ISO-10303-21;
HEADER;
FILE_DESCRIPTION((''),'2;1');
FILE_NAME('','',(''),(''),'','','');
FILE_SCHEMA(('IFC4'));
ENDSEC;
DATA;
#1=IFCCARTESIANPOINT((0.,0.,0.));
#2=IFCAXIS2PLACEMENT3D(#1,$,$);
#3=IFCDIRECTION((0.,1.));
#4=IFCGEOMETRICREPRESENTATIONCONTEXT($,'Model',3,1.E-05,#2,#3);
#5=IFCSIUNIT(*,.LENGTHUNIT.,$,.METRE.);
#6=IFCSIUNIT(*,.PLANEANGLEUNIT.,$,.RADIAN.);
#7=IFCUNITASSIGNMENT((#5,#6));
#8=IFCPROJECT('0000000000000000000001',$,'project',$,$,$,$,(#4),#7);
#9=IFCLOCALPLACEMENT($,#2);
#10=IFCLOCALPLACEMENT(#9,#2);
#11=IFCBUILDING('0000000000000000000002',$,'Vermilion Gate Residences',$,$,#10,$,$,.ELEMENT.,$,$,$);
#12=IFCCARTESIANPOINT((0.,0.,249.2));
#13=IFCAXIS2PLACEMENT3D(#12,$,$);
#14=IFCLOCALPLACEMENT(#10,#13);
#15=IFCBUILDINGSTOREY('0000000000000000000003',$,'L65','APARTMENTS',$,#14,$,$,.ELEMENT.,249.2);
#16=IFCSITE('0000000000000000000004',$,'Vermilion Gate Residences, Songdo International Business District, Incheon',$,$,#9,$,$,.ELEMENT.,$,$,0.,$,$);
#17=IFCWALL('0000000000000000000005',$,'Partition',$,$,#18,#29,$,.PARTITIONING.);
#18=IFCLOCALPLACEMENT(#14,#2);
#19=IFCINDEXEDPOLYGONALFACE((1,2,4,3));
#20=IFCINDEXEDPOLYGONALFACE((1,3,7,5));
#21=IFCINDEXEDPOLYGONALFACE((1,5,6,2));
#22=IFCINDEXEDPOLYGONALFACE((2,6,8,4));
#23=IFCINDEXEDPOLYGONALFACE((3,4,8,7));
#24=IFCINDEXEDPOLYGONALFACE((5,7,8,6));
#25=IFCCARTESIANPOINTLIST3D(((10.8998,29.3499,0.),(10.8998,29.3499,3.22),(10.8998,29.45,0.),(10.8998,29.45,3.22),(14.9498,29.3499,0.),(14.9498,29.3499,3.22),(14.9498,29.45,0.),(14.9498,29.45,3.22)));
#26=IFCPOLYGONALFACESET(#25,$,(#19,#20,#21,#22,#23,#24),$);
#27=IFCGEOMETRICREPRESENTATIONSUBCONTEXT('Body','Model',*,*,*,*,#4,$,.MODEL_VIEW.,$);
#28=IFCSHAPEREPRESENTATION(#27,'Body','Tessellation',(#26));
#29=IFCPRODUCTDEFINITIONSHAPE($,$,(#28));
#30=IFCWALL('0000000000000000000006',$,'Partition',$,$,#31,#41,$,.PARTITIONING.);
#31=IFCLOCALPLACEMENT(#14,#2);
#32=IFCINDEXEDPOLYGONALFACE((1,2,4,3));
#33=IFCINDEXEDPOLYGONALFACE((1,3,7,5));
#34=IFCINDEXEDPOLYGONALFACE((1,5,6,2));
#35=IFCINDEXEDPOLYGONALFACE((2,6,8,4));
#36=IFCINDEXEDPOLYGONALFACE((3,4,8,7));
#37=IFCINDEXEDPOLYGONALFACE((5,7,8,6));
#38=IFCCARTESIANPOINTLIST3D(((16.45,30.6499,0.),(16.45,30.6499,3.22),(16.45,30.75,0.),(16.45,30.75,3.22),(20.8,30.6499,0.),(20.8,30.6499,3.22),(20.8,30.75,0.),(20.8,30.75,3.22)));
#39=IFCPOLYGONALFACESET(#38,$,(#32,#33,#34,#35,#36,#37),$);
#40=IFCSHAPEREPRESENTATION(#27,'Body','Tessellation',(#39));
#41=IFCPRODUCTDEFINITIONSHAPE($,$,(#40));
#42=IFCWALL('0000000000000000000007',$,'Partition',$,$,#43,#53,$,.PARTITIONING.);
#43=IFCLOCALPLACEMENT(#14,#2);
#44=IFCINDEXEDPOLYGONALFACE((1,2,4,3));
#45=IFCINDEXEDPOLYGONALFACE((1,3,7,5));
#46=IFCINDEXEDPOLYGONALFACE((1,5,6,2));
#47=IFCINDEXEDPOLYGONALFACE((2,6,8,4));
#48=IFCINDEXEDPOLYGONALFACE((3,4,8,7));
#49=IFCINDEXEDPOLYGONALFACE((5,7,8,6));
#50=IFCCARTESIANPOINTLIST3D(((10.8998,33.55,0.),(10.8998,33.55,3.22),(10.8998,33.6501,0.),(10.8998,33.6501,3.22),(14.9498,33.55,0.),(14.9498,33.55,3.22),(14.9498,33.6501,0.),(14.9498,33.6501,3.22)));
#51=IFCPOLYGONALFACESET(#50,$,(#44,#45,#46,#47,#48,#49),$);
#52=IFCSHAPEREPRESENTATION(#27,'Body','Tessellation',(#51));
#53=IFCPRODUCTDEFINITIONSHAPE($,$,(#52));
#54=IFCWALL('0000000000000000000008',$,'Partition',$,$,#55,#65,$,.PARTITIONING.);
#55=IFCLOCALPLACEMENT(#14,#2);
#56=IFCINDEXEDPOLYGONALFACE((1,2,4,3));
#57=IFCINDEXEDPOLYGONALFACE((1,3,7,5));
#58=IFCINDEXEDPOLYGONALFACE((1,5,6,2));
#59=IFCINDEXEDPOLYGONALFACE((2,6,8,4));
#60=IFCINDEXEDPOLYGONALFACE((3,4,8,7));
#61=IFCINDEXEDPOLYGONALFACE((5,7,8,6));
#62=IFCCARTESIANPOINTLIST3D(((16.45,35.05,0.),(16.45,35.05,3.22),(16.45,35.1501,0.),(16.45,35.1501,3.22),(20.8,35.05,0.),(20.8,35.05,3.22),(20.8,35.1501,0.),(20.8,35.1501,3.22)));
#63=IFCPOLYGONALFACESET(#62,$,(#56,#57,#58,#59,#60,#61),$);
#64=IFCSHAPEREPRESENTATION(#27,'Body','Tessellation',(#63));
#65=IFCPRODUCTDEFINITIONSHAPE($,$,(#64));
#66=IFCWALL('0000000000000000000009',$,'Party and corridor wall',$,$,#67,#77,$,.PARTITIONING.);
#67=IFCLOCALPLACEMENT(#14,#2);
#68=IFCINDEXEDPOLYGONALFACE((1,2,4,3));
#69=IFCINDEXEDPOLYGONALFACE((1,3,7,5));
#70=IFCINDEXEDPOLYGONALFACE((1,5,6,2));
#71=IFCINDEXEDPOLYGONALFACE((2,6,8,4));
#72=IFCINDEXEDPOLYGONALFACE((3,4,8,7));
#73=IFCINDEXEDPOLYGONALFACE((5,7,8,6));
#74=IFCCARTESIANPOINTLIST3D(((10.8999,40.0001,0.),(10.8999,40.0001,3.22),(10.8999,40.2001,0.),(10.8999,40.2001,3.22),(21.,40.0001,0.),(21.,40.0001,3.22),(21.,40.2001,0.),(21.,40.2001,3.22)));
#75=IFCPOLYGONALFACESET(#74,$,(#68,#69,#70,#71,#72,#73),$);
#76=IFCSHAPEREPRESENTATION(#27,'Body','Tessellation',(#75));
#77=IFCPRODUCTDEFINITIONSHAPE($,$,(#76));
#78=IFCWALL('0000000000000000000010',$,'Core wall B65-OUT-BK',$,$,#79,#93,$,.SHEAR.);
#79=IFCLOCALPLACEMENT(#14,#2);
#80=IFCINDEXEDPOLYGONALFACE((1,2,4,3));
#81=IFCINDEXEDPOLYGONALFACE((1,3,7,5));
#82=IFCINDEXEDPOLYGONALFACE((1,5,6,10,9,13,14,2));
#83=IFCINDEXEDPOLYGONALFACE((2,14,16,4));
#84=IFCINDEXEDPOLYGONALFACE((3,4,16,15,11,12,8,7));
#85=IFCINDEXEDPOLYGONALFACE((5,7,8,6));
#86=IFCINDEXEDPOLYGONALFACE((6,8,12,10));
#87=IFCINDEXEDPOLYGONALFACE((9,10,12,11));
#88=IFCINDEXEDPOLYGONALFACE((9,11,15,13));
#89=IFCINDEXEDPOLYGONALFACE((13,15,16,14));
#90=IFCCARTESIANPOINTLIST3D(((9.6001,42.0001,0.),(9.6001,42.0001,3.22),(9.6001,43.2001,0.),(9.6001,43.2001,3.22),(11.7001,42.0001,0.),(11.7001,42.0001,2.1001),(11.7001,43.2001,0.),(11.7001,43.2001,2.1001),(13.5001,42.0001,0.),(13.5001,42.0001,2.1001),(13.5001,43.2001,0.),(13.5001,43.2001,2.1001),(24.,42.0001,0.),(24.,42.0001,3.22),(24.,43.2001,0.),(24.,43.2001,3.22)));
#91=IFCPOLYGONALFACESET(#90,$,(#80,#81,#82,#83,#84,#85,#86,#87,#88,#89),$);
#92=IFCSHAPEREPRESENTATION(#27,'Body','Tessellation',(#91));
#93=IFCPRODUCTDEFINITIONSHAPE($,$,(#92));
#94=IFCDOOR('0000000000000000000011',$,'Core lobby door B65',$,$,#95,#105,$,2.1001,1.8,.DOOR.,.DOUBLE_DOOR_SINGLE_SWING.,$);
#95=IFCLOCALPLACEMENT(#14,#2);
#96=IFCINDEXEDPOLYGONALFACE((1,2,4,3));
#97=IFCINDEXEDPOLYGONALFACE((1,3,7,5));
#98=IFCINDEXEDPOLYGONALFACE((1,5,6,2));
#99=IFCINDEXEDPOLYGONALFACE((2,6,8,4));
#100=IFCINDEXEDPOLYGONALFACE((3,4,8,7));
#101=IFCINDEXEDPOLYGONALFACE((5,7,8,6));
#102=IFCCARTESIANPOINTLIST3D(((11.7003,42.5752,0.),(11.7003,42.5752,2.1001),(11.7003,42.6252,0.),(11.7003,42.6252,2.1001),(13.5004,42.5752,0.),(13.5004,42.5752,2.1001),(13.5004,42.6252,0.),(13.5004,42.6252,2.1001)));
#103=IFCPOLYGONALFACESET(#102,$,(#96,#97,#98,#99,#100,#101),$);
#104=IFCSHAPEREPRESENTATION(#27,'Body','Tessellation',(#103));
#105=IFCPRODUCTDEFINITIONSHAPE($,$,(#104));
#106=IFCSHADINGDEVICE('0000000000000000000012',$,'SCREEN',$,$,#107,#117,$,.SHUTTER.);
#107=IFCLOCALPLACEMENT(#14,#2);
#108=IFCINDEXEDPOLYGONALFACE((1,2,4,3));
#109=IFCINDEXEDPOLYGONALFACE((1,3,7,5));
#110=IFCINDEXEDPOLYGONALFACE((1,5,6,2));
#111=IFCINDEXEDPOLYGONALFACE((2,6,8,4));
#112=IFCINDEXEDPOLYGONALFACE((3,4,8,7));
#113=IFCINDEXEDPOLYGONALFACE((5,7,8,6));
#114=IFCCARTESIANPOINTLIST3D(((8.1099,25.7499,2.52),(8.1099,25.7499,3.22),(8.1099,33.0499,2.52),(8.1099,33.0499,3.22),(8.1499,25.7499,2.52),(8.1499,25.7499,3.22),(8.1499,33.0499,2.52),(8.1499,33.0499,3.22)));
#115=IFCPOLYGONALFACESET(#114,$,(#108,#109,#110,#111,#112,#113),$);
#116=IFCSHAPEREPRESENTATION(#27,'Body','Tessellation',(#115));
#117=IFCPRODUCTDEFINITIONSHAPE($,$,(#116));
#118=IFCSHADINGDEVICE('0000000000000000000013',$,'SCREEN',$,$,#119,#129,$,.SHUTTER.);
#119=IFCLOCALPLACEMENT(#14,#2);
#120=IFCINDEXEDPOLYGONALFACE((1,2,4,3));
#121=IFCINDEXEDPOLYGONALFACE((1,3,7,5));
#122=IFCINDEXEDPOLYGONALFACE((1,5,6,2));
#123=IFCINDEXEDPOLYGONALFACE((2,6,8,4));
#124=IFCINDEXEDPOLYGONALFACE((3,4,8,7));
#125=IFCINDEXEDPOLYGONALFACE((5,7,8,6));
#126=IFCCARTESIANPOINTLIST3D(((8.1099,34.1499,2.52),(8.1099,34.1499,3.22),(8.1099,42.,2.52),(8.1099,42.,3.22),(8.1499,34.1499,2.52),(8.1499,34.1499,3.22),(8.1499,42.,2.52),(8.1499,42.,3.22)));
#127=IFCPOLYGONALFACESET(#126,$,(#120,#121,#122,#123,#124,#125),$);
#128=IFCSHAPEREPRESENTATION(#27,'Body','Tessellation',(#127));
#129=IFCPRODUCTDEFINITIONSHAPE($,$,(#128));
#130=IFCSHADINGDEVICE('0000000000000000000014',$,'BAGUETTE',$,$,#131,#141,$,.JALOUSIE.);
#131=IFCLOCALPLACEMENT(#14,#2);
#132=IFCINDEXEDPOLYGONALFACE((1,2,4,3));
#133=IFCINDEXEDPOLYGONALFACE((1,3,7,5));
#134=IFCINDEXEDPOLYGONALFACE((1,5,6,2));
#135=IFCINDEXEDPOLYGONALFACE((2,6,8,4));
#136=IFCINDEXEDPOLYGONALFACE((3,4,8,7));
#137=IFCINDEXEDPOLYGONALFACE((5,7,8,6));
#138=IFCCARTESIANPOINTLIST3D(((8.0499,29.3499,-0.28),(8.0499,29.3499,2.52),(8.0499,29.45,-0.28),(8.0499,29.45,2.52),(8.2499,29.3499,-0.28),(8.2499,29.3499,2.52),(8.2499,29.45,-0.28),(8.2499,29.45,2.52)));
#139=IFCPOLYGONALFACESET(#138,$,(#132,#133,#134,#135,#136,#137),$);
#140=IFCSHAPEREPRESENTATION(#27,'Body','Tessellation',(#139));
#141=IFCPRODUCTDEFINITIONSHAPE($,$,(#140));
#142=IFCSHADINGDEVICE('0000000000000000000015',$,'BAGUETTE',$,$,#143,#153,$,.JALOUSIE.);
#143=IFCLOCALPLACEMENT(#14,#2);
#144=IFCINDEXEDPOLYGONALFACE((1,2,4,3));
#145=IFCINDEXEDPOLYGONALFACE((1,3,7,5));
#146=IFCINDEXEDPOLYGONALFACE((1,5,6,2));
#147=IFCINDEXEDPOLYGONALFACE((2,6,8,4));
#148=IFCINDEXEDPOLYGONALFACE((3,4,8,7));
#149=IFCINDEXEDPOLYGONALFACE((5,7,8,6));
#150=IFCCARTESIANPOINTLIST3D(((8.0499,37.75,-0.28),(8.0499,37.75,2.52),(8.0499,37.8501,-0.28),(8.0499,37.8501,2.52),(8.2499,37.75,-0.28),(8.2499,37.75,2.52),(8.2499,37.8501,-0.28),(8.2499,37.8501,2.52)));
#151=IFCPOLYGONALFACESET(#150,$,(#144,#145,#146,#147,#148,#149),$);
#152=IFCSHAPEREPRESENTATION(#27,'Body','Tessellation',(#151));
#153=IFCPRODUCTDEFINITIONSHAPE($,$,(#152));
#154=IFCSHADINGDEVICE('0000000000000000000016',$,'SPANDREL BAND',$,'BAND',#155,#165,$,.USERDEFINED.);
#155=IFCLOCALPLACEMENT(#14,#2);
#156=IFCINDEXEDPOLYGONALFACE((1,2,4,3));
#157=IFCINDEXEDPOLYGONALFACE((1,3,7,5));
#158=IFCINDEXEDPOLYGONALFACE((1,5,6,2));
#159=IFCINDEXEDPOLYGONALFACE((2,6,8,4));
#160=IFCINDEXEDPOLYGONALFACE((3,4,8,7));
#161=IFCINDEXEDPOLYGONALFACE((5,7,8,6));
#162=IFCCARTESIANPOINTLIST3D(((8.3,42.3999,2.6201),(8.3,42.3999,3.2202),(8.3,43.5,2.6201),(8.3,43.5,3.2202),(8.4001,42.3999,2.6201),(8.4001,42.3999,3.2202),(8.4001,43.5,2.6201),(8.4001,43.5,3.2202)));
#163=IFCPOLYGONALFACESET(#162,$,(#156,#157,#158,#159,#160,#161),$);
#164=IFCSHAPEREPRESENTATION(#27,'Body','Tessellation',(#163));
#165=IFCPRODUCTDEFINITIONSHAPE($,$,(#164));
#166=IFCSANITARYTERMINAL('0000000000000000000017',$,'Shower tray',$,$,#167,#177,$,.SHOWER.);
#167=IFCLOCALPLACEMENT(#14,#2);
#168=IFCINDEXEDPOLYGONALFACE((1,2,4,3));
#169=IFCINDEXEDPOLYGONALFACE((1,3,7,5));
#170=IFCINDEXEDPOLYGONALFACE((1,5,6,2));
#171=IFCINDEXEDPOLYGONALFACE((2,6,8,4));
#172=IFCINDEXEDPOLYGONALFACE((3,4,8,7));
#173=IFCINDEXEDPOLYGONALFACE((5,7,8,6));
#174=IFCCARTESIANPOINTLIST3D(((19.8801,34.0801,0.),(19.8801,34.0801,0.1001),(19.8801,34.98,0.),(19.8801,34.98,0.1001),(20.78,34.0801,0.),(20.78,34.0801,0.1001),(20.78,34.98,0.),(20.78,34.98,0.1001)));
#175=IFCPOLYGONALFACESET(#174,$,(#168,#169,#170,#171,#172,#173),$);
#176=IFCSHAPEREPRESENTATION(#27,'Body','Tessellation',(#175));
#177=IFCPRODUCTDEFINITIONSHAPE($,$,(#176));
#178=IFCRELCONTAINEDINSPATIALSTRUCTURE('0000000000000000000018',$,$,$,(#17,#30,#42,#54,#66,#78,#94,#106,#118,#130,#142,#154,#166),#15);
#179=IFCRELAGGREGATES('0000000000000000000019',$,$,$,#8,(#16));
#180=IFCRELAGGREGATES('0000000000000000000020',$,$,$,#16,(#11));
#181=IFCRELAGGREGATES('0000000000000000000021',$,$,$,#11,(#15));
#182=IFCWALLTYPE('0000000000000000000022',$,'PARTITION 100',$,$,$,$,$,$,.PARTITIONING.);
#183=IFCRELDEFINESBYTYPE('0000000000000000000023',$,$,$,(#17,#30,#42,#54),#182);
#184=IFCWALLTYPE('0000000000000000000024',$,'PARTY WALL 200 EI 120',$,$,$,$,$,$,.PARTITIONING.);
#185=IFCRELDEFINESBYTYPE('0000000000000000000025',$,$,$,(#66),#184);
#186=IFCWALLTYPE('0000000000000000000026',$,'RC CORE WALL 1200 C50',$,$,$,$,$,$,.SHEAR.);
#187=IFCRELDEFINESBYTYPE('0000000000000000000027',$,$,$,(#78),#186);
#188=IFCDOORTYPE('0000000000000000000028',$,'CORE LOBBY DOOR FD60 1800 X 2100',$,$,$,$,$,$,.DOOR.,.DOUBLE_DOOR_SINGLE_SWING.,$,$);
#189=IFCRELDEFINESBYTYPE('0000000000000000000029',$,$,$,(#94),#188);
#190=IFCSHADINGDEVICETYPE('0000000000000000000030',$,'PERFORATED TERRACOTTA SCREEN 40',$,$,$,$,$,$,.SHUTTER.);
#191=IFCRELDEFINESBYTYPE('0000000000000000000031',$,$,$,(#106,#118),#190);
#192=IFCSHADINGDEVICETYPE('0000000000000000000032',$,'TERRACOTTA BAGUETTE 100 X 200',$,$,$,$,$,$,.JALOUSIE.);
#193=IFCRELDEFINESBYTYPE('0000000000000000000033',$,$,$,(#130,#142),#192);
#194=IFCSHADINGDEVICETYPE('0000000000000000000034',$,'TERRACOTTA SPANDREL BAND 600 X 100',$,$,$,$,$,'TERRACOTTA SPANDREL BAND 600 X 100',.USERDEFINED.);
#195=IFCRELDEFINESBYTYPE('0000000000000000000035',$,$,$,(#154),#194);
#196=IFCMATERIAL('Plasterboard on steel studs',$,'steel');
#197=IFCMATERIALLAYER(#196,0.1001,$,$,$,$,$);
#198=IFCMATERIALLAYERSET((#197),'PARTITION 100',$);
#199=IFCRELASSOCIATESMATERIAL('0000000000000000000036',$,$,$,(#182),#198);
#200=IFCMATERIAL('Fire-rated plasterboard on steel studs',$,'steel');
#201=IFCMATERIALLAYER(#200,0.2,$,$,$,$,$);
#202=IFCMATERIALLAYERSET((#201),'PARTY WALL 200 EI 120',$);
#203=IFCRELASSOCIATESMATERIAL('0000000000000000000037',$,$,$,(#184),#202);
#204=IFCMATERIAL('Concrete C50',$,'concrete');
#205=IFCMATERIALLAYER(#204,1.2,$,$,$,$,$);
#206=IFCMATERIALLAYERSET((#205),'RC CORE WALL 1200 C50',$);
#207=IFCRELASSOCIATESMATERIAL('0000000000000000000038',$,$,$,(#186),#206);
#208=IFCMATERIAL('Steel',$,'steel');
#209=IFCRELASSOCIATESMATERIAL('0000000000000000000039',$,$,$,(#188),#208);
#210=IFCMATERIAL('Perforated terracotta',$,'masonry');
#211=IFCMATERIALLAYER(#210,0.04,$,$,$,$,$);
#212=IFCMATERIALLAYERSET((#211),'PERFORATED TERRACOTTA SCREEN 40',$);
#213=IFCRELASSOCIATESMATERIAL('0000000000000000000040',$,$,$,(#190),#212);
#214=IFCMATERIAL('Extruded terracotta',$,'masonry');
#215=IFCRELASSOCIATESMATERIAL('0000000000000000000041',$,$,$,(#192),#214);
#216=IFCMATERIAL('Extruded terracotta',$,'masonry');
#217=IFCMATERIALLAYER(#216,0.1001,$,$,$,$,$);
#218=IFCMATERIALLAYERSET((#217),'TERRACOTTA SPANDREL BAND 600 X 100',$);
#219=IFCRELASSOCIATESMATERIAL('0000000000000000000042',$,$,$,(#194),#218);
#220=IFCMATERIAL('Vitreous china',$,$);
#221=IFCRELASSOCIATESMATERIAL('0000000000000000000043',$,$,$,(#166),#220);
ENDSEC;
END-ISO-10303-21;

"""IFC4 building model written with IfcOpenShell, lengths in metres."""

from ifc_helpers import new_model, si_unit, direction, frame, frame_2d, origin, origin_2d, place, context, subcontext, project, spatial, rectangle, extrude, material, layer, layer_set, material_profile, profile_set, type_object, element, fill, save


model = new_model("IFC4")

# Units and contexts
model_context = context("Model", 3, precision=1e-05, world=origin(), true_north=direction((0.0, 1.0)))
body_context = subcontext(model_context, "Body", "Model", "MODEL_VIEW")
ifc_project = project(units=[si_unit("LENGTHUNIT", "METRE"), si_unit("PLANEANGLEUNIT", "RADIAN")], contexts=[model_context])

# Site, building, storey
site_placement = place(None, origin())
site = spatial("IfcSite", under=ifc_project, at=site_placement, Name="Vermilion Gate Residences, Songdo International Business District, Incheon", CompositionType="ELEMENT", RefElevation=0.0)
building_placement = place(site_placement, origin())
building = spatial("IfcBuilding", under=site, at=building_placement, Name="Vermilion Gate Residences", CompositionType="ELEMENT")
storey_placement = place(building_placement, frame((0.0, 0.0, 249.2)))
storey = spatial("IfcBuildingStorey", under=building, at=storey_placement, Name="L65", Description="APARTMENTS", CompositionType="ELEMENT", Elevation=249.2)

# Walls
ifc_material_1 = material(Name="Plasterboard on steel studs", Category="steel")
ifc_layer_1 = layer(ifc_material_1, 0.1001)
ifc_layer_set_1 = layer_set([ifc_layer_1], Name="PARTITION 100")
wall_type_1 = type_object("IfcWallType", Name="PARTITION 100", PredefinedType="PARTITIONING", material=ifc_layer_set_1)
wall_1_placement = place(storey_placement, frame((10.8999, 29.3999, 0.0), z_axis=(0.0, 0.0, 1.0), x_axis=(1.0, 0.0, 0.0)))
element("IfcWall", 1, at=wall_1_placement, inside=storey, type_object=wall_type_1, Name="Partition", PredefinedType="PARTITIONING", context=body_context, shape_type="SweptSolid", body=[
    extrude(rectangle(XDim=4.05, YDim=0.1001, at=frame_2d((2.0249, 0.0))), origin(), (0.0, 0.0, 1.0), 3.22),
])
wall_2_placement = place(storey_placement, frame((16.45, 30.7, 0.0), z_axis=(0.0, 0.0, 1.0), x_axis=(1.0, 0.0, 0.0)))
element("IfcWall", 2, at=wall_2_placement, inside=storey, type_object=wall_type_1, Name="Partition", PredefinedType="PARTITIONING", context=body_context, shape_type="SweptSolid", body=[
    extrude(rectangle(XDim=4.3501, YDim=0.1001, at=frame_2d((2.175, 0.0))), origin(), (0.0, 0.0, 1.0), 3.22),
])
wall_3_placement = place(storey_placement, frame((10.8999, 33.6001, 0.0), z_axis=(0.0, 0.0, 1.0), x_axis=(1.0, 0.0, 0.0)))
element("IfcWall", 3, at=wall_3_placement, inside=storey, type_object=wall_type_1, Name="Partition", PredefinedType="PARTITIONING", context=body_context, shape_type="SweptSolid", body=[
    extrude(rectangle(XDim=4.05, YDim=0.1001, at=frame_2d((2.0249, 0.0))), origin(), (0.0, 0.0, 1.0), 3.22),
])
wall_4_placement = place(storey_placement, frame((16.45, 35.1001, 0.0), z_axis=(0.0, 0.0, 1.0), x_axis=(1.0, 0.0, 0.0)))
element("IfcWall", 4, at=wall_4_placement, inside=storey, type_object=wall_type_1, Name="Partition", PredefinedType="PARTITIONING", context=body_context, shape_type="SweptSolid", body=[
    extrude(rectangle(XDim=4.3501, YDim=0.1001, at=frame_2d((2.175, 0.0))), origin(), (0.0, 0.0, 1.0), 3.22),
])
ifc_material_2 = material(Name="Fire-rated plasterboard on steel studs", Category="steel")
ifc_layer_2 = layer(ifc_material_2, 0.2)
ifc_layer_set_2 = layer_set([ifc_layer_2], Name="PARTY WALL 200 EI 120")
wall_type_2 = type_object("IfcWallType", Name="PARTY WALL 200 EI 120", PredefinedType="PARTITIONING", material=ifc_layer_set_2)
wall_5_placement = place(storey_placement, frame((10.8999, 40.1001, 0.0), z_axis=(0.0, 0.0, 1.0), x_axis=(1.0, 0.0, 0.0)))
element("IfcWall", 5, at=wall_5_placement, inside=storey, type_object=wall_type_2, Name="Party and corridor wall", PredefinedType="PARTITIONING", context=body_context, shape_type="SweptSolid", body=[
    extrude(rectangle(XDim=10.1001, YDim=0.2, at=frame_2d((5.05, 0.0))), origin(), (0.0, 0.0, 1.0), 3.22),
])

# Wall, opening, door
ifc_material_3 = material(Name="Concrete C50", Category="concrete")
ifc_layer_3 = layer(ifc_material_3, 1.2)
ifc_layer_set_3 = layer_set([ifc_layer_3], Name="RC CORE WALL 1200 C50")
wall_type_3 = type_object("IfcWallType", Name="RC CORE WALL 1200 C50", PredefinedType="SHEAR", material=ifc_layer_set_3)
wall_6_placement = place(storey_placement, frame((9.6001, 42.6001, 0.0), z_axis=(0.0, 0.0, 1.0), x_axis=(1.0, 0.0, 0.0)))
wall_6 = element("IfcWall", 6, at=wall_6_placement, inside=storey, type_object=wall_type_3, Name="Core wall B65-OUT-BK", PredefinedType="SHEAR", context=body_context, shape_type="SweptSolid", body=[
    extrude(rectangle(XDim=14.3999, YDim=1.2, at=frame_2d((7.2, 0.0))), origin(), (0.0, 0.0, 1.0), 3.22),
])
opening_1_placement = place(wall_6_placement, frame((2.1001, 0.0, 0.0)))
opening_1 = element("IfcOpeningElement", 7, at=opening_1_placement, cuts=wall_6, PredefinedType="OPENING", context=body_context, shape_type="SweptSolid", body=[
    extrude(rectangle(XDim=1.8, YDim=2.1001, at=frame_2d((0.8999, 1.05))), frame((0.0, 0.6099, 0.0), z_axis=(0.0, -1.0, 0.0), x_axis=(1.0, 0.0, 0.0)), (0.0, 0.0, 1.0), 1.22),
])
ifc_material_4 = material(Name="Steel", Category="steel")
door_type_1 = type_object("IfcDoorType", Name="CORE LOBBY DOOR FD60 1800 X 2100", OperationType="DOUBLE_DOOR_SINGLE_SWING", PredefinedType="DOOR", material=ifc_material_4)
door_1_placement = place(opening_1_placement, frame((1.8, 0.0, 0.0), z_axis=(0.0, 0.0, 1.0), x_axis=(-1.0, 0.0, 0.0)))
door_1 = element("IfcDoor", 8, at=door_1_placement, inside=storey, type_object=door_type_1, Name="Core lobby door B65", OperationType="DOUBLE_DOOR_SINGLE_SWING", OverallHeight=2.1001, OverallWidth=1.8, PredefinedType="DOOR", context=body_context, shape_type="SweptSolid", body=[
    extrude(rectangle(XDim=1.8, YDim=2.1001, at=frame_2d((0.8999, 1.05))), frame((0.0, 0.0249, 0.0), z_axis=(0.0, -1.0, 0.0), x_axis=(1.0, 0.0, 0.0)), (0.0, 0.0, 1.0), 0.05),
])
fill(opening_1, door_1)

# Shading devices
ifc_material_5 = material(Name="Perforated terracotta", Category="masonry")
ifc_layer_4 = layer(ifc_material_5, 0.04)
ifc_layer_set_4 = layer_set([ifc_layer_4], Name="PERFORATED TERRACOTTA SCREEN 40")
shading_device_type_1 = type_object("IfcShadingDeviceType", Name="PERFORATED TERRACOTTA SCREEN 40", PredefinedType="SHUTTER", material=ifc_layer_set_4)
shading_device_1_placement = place(storey_placement, frame((8.1299, 29.3999, 2.52), z_axis=(0.0, 0.0, 1.0), x_axis=(0.0, -1.0, 0.0)))
element("IfcShadingDevice", 9, at=shading_device_1_placement, inside=storey, type_object=shading_device_type_1, Name="SCREEN", PredefinedType="SHUTTER", context=body_context, shape_type="SweptSolid", body=[
    extrude(rectangle(XDim=7.3, YDim=0.04, at=origin_2d()), origin(), (0.0, 0.0, 1.0), 0.7),
])
shading_device_2_placement = place(storey_placement, frame((8.1299, 38.075, 2.52), z_axis=(0.0, 0.0, 1.0), x_axis=(0.0, -1.0, 0.0)))
element("IfcShadingDevice", 10, at=shading_device_2_placement, inside=storey, type_object=shading_device_type_1, Name="SCREEN", PredefinedType="SHUTTER", context=body_context, shape_type="SweptSolid", body=[
    extrude(rectangle(XDim=7.8501, YDim=0.04, at=origin_2d()), origin(), (0.0, 0.0, 1.0), 0.7),
])
ifc_material_6 = material(Name="Extruded terracotta", Category="masonry")
ifc_material_profile_1 = material_profile(ifc_material_6, rectangle(XDim=0.2, YDim=0.1001, at=origin_2d()), Name="BAGUETTE 100 X 200")
ifc_profile_set_1 = profile_set([ifc_material_profile_1], Name="Extruded terracotta")
shading_device_type_2 = type_object("IfcShadingDeviceType", Name="TERRACOTTA BAGUETTE 100 X 200", PredefinedType="JALOUSIE", material=ifc_profile_set_1)
for number, where, z_axis, x_axis, name in (
    (11, (8.1499, 29.3999, -0.28), (0.0, 0.0, 1.0), (1.0, 0.0, 0.0), "BAGUETTE"),
    (12, (8.1499, 37.8, -0.28), (0.0, 0.0, 1.0), (1.0, 0.0, 0.0), "BAGUETTE"),
):
    element("IfcShadingDevice", number, at=place(storey_placement, frame(where, z_axis=z_axis, x_axis=x_axis)), inside=storey, type_object=shading_device_type_2, Name=name, PredefinedType="JALOUSIE", context=body_context, shape_type="SweptSolid", body=[
        extrude(rectangle(XDim=0.2, YDim=0.1001, at=origin_2d()), origin(), (0.0, 0.0, 1.0), 2.8),
    ])
ifc_material_7 = material(Name="Extruded terracotta", Category="masonry")
ifc_layer_5 = layer(ifc_material_7, 0.1001)
ifc_layer_set_5 = layer_set([ifc_layer_5], Name="TERRACOTTA SPANDREL BAND 600 X 100")
shading_device_type_3 = type_object("IfcShadingDeviceType", Name="TERRACOTTA SPANDREL BAND 600 X 100", ElementType="TERRACOTTA SPANDREL BAND 600 X 100", PredefinedType="USERDEFINED", material=ifc_layer_set_5)
shading_device_3_placement = place(storey_placement, frame((8.3501, 42.95, 2.6201), z_axis=(0.0, 0.0, 1.0), x_axis=(0.0, 1.0, 0.0)))
element("IfcShadingDevice", 13, at=shading_device_3_placement, inside=storey, type_object=shading_device_type_3, Name="SPANDREL BAND", ObjectType="BAND", PredefinedType="USERDEFINED", context=body_context, shape_type="SweptSolid", body=[
    extrude(rectangle(XDim=1.1001, YDim=0.1001, at=origin_2d()), origin(), (0.0, 0.0, 1.0), 0.6001),
])

# Sanitary terminal
ifc_material_8 = material(Name="Vitreous china")
sanitary_terminal_1_placement = place(storey_placement, frame((20.3301, 34.53, 0.0), z_axis=(0.0, 0.0, 1.0), x_axis=(1.0, 0.0, 0.0)))
element("IfcSanitaryTerminal", 14, at=sanitary_terminal_1_placement, inside=storey, material=ifc_material_8, Name="Shower tray", PredefinedType="SHOWER", context=body_context, shape_type="SweptSolid", body=[
    extrude(rectangle(XDim=0.8999, YDim=0.8999, at=origin_2d()), origin(), (0.0, 0.0, 1.0), 0.1001),
])

save(model, "model.ifc")
